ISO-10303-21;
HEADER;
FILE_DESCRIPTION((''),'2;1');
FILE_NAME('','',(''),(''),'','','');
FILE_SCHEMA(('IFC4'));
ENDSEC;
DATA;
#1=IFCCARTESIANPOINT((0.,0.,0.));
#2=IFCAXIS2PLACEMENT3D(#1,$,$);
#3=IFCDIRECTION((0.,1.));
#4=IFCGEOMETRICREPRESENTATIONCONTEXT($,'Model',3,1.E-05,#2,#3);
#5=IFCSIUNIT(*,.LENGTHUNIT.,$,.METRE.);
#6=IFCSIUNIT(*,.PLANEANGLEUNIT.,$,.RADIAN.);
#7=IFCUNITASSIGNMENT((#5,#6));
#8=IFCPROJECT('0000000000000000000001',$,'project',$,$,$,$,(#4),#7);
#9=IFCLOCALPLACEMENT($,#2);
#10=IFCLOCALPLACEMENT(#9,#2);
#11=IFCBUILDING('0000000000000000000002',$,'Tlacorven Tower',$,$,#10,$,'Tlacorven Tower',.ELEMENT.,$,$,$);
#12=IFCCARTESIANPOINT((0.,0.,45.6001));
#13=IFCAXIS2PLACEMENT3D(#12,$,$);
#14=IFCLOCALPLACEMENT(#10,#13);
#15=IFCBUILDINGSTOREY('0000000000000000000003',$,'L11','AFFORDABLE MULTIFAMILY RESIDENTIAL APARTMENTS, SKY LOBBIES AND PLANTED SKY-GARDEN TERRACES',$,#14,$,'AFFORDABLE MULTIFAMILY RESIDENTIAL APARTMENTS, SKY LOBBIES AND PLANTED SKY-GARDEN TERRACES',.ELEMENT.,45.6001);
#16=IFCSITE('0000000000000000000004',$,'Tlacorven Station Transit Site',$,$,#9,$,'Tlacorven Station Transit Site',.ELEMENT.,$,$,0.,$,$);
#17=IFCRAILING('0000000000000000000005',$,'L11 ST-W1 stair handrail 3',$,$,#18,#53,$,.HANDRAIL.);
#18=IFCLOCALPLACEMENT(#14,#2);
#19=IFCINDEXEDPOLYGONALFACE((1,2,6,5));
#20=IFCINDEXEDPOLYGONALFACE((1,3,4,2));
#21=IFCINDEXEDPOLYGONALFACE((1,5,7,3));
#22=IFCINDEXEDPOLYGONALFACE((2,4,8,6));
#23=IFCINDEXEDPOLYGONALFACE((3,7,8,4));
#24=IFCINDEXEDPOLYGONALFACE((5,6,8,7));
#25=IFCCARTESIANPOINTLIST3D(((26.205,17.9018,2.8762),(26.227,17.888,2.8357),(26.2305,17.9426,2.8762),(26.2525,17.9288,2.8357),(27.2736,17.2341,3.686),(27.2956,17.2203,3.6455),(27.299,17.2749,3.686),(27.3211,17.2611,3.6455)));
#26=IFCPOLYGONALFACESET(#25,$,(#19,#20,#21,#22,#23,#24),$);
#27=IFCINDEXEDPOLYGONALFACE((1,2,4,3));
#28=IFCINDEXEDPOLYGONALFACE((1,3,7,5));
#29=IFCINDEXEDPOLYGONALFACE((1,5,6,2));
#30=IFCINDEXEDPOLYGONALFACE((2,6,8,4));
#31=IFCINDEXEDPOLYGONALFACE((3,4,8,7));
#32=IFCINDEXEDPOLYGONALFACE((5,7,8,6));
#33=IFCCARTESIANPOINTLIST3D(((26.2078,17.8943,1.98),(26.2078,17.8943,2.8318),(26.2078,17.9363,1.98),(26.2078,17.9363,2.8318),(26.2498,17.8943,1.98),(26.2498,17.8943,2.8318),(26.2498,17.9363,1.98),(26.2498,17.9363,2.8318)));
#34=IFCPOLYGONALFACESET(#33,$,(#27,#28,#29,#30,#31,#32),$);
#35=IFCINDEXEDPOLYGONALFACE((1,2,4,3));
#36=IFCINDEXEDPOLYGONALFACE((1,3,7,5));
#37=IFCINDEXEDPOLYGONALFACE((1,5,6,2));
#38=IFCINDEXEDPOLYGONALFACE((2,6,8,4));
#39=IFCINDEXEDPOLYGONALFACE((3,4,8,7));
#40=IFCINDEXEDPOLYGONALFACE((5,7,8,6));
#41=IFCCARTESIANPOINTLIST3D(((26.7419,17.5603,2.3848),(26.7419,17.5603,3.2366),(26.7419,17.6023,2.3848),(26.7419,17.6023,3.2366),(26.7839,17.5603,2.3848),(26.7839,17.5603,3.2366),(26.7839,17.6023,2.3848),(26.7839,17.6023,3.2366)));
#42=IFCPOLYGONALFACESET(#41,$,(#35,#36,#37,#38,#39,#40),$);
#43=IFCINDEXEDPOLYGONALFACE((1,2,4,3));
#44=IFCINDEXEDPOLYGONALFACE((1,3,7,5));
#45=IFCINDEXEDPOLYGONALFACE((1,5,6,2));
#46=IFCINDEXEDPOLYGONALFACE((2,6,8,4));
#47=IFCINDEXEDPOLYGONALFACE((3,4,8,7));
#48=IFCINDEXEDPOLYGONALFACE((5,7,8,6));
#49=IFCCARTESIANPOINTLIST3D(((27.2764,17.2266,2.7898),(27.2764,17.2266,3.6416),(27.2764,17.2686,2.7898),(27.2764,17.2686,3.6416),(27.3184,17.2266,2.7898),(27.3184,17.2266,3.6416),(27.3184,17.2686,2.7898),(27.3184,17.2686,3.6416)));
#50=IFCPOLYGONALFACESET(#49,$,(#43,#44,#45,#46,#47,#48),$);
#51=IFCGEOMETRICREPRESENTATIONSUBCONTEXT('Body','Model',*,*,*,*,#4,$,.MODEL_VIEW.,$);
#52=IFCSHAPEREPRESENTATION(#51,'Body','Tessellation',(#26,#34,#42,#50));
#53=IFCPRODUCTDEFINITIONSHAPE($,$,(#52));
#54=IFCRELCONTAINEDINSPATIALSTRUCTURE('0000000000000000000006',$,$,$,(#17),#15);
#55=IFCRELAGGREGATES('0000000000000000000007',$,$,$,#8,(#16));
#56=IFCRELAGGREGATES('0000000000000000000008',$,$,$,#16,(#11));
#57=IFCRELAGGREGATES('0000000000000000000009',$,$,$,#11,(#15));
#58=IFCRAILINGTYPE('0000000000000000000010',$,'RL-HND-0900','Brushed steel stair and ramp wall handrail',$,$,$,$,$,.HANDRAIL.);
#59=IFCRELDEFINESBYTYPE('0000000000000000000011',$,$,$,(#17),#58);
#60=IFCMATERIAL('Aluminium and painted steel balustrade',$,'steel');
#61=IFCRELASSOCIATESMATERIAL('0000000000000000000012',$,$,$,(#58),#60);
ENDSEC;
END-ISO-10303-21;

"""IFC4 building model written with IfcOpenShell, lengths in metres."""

from ifc_helpers import new_model, si_unit, direction, frame, origin, origin_2d, place, context, subcontext, project, spatial, rectangle, extrude, source, transform, mapped, material, type_object, element, save


model = new_model("IFC4")

# Units and contexts
model_context = context("Model", 3, precision=1e-05, world=origin(), true_north=direction((0.0, 1.0)))
body_context = subcontext(model_context, "Body", "Model", "MODEL_VIEW")
ifc_project = project(units=[si_unit("LENGTHUNIT", "METRE"), si_unit("PLANEANGLEUNIT", "RADIAN")], contexts=[model_context])

# Site, building, storey
site_placement = place(None, origin())
site = spatial("IfcSite", under=ifc_project, at=site_placement, Name="Tlacorven Station Transit Site", LongName="Tlacorven Station Transit Site", CompositionType="ELEMENT", RefElevation=0.0)
building_placement = place(site_placement, origin())
building = spatial("IfcBuilding", under=site, at=building_placement, Name="Tlacorven Tower", LongName="Tlacorven Tower", CompositionType="ELEMENT")
storey_placement = place(building_placement, frame((0.0, 0.0, 45.6001)))
storey = spatial("IfcBuildingStorey", under=building, at=storey_placement, Name="L11", Description="AFFORDABLE MULTIFAMILY RESIDENTIAL APARTMENTS, SKY LOBBIES AND PLANTED SKY-GARDEN TERRACES", LongName="AFFORDABLE MULTIFAMILY RESIDENTIAL APARTMENTS, SKY LOBBIES AND PLANTED SKY-GARDEN TERRACES", CompositionType="ELEMENT", Elevation=45.6001)

# Railing
ifc_material_1 = material(Name="Aluminium and painted steel balustrade", Category="steel")
railing_type_1 = type_object("IfcRailingType", Name="RL-HND-0900", Description="Brushed steel stair and ramp wall handrail", PredefinedType="HANDRAIL", material=ifc_material_1)
shared_shape_1 = source(origin(), body_context, "Body", "SweptSolid", [
    extrude(rectangle(XDim=0.0481, YDim=0.0481, at=origin_2d()), frame((0.0, 0.0, 0.876), z_axis=(0.713423, -0.445787, 0.540649), x_axis=(0.529912, 0.848053, 0.0)), (0.0, 0.0, 1.0), 1.4978),
    extrude(rectangle(XDim=0.042, YDim=0.042, at=origin_2d()), origin(), (0.0, 0.0, 1.0), 0.8518),
    extrude(rectangle(XDim=0.042, YDim=0.042, at=origin_2d()), frame((0.5342, -0.334, 0.4048)), (0.0, 0.0, 1.0), 0.8518),
    extrude(rectangle(XDim=0.042, YDim=0.042, at=origin_2d()), frame((1.0686, -0.6677, 0.8098)), (0.0, 0.0, 1.0), 0.8518),
])
railing_1_placement = place(storey_placement, frame((26.2288, 17.9153, 1.98)))
element("IfcRailing", 1, at=railing_1_placement, inside=storey, type_object=railing_type_1, Name="L11 ST-W1 stair handrail 3", PredefinedType="HANDRAIL", context=body_context, shape_type="MappedRepresentation", body=[
    mapped(shared_shape_1, transform((0.0, 0.0, 0.0), scale=1.0)),
])

save(model, "model.ifc")
